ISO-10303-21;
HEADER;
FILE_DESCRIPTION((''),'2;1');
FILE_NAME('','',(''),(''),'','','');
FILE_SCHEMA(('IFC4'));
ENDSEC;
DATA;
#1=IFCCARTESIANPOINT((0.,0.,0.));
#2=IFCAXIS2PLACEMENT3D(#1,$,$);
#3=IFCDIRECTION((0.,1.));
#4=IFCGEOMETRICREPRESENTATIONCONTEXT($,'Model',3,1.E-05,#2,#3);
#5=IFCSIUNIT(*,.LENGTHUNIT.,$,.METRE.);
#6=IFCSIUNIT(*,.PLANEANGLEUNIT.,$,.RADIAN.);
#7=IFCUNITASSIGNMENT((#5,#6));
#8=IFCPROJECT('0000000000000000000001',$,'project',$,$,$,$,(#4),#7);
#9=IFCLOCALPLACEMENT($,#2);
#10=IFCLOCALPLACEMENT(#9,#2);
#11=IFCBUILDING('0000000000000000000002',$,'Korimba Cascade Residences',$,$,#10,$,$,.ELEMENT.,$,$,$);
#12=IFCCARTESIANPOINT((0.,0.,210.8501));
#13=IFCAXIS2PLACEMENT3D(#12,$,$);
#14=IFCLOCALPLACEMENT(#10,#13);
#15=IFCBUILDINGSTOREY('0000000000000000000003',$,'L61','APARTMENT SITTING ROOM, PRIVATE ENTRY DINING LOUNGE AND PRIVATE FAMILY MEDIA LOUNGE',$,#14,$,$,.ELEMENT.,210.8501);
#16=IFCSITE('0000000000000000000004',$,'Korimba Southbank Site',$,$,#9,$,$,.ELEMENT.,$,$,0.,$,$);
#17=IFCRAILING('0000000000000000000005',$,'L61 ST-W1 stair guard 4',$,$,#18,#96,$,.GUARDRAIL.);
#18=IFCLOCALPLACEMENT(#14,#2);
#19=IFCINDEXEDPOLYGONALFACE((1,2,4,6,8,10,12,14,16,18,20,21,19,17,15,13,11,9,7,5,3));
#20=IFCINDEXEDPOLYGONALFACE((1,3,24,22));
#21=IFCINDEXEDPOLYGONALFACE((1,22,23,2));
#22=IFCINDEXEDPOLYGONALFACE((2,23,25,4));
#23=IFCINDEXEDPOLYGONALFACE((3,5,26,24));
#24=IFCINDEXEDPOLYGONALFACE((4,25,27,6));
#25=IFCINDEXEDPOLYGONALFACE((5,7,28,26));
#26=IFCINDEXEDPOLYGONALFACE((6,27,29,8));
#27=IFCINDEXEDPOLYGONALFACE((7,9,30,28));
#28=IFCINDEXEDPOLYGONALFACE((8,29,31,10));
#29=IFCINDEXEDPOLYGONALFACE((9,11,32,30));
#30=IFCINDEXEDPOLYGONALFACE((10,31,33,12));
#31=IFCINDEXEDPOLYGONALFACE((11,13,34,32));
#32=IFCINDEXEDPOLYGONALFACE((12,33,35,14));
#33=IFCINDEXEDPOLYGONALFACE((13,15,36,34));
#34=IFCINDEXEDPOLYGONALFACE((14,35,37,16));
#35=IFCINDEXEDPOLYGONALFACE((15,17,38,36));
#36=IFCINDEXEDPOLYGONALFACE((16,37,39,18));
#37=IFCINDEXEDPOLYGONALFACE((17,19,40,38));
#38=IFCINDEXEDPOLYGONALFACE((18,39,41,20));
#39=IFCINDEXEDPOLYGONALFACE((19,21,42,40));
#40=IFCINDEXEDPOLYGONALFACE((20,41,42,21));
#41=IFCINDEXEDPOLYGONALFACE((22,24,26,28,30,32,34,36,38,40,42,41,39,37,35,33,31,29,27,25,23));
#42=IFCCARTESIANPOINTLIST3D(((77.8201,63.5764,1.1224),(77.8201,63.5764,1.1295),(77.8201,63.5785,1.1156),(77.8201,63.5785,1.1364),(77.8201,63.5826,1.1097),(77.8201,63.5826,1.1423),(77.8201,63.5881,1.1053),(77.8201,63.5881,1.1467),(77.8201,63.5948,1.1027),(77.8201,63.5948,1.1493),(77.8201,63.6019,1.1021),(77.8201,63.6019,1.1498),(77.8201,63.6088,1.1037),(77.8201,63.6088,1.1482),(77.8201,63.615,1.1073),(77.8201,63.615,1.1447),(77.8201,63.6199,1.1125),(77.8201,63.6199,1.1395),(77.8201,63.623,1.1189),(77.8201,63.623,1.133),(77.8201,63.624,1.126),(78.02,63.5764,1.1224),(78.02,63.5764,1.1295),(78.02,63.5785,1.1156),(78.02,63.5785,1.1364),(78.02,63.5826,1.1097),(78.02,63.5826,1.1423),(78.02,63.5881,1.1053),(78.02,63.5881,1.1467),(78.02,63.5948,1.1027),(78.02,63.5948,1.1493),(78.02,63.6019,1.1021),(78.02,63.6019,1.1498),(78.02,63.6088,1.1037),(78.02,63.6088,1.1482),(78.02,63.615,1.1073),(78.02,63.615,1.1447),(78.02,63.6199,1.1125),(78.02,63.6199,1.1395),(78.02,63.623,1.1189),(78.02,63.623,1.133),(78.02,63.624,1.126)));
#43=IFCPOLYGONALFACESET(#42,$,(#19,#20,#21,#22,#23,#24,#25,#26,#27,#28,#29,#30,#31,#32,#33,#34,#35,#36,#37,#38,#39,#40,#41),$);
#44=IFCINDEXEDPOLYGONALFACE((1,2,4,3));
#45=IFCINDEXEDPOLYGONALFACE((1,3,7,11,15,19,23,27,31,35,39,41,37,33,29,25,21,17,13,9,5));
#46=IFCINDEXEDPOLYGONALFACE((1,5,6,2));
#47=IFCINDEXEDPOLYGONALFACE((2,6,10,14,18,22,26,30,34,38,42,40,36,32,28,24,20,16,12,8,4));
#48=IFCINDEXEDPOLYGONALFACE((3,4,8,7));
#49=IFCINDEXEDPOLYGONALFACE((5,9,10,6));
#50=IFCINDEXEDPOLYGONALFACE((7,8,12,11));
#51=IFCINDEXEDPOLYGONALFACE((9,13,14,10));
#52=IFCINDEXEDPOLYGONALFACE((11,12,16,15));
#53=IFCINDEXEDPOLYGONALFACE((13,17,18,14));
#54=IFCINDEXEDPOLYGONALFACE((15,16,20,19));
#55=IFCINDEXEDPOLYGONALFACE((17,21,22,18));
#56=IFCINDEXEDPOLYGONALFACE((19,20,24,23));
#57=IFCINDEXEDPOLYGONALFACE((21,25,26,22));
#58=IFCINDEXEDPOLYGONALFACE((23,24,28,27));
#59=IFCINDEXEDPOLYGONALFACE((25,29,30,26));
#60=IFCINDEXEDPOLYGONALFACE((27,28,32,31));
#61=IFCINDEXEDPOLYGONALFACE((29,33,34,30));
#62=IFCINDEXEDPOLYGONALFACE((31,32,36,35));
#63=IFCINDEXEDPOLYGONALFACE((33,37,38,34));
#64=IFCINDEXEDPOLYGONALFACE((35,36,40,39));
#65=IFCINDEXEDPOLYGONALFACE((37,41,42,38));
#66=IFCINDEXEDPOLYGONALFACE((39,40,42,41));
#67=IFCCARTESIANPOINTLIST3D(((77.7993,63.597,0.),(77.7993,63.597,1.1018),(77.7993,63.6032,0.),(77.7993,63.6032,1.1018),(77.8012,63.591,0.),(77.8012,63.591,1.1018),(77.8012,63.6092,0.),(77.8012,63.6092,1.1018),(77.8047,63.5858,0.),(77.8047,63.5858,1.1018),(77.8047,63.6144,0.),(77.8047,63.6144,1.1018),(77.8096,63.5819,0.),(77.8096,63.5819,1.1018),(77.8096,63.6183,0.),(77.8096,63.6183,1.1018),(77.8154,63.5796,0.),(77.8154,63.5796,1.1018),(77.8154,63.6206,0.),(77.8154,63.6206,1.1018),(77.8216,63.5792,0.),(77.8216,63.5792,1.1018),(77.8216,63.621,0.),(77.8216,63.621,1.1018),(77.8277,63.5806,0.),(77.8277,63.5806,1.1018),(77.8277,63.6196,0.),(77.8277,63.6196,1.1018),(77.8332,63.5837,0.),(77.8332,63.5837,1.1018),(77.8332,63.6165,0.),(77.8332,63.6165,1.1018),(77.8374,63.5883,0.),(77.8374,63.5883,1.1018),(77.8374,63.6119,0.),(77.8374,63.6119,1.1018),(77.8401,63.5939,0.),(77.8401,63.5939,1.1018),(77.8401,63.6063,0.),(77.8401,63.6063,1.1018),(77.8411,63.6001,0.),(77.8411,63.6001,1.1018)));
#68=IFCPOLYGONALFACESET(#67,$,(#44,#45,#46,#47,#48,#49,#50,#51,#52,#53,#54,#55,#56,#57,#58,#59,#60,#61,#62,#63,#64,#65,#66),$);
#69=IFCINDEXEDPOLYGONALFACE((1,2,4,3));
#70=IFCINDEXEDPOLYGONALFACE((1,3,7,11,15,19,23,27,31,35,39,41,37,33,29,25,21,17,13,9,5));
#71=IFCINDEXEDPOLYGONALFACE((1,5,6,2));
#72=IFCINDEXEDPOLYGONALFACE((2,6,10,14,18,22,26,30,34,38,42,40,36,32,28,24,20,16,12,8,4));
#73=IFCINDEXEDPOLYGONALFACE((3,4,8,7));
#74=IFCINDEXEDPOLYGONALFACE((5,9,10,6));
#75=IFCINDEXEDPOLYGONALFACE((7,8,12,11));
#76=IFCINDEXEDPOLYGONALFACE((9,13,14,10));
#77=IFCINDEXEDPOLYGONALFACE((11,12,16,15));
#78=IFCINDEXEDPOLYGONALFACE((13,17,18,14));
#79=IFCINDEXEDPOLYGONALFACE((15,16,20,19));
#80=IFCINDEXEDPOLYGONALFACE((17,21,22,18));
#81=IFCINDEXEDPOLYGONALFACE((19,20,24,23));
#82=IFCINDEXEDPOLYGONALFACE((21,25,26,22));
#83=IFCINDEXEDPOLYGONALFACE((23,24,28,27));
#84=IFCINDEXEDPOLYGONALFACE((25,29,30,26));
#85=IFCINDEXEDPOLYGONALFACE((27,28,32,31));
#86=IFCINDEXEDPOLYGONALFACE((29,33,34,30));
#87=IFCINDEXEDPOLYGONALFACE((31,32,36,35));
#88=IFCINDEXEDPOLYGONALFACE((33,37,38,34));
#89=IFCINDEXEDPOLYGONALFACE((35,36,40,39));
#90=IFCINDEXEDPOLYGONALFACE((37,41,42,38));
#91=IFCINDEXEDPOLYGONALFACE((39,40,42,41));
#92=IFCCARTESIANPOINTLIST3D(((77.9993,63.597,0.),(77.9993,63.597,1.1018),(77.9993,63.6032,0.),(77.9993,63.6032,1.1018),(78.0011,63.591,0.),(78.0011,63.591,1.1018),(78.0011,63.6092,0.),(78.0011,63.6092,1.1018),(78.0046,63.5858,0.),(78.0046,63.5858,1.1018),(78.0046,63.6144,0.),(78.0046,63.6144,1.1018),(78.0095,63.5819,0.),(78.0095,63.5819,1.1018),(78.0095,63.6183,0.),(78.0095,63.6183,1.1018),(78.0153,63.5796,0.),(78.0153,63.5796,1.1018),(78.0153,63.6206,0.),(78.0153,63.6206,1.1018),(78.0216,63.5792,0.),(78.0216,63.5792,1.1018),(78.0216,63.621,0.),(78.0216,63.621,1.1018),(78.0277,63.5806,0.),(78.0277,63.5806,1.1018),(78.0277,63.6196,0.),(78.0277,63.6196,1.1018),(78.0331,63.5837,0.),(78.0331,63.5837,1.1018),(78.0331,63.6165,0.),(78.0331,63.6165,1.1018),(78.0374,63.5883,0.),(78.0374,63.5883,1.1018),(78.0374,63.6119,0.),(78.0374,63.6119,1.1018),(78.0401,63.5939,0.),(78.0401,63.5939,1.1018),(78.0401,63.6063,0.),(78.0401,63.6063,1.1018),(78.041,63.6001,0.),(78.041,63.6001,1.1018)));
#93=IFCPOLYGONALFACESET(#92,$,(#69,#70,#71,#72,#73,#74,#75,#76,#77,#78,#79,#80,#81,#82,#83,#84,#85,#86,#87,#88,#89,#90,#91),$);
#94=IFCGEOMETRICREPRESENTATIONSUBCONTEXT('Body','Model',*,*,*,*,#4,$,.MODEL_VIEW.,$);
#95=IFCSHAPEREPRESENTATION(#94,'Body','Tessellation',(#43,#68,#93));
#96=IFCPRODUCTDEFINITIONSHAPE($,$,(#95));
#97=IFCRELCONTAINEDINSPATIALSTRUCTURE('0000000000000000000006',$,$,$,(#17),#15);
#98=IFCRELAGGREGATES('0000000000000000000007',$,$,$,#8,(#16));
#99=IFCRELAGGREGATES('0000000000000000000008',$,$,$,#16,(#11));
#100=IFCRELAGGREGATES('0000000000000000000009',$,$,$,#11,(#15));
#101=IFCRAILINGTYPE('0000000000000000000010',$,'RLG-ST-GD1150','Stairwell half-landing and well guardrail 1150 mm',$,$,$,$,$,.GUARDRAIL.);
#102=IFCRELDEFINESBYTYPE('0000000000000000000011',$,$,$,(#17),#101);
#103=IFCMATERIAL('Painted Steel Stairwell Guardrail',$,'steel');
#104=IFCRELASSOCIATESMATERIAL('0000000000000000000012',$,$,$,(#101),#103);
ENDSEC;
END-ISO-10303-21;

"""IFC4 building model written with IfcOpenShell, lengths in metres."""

from ifc_helpers import new_model, si_unit, direction, frame, origin, origin_2d, place, context, subcontext, project, spatial, circle, extrude, material, type_object, element, save


model = new_model("IFC4")

# Units and contexts
model_context = context("Model", 3, precision=1e-05, world=origin(), true_north=direction((0.0, 1.0)))
body_context = subcontext(model_context, "Body", "Model", "MODEL_VIEW")
ifc_project = project(units=[si_unit("LENGTHUNIT", "METRE"), si_unit("PLANEANGLEUNIT", "RADIAN")], contexts=[model_context])

# Site, building, storey
site_placement = place(None, origin())
site = spatial("IfcSite", under=ifc_project, at=site_placement, Name="Korimba Southbank Site", CompositionType="ELEMENT", RefElevation=0.0)
building_placement = place(site_placement, origin())
building = spatial("IfcBuilding", under=site, at=building_placement, Name="Korimba Cascade Residences", CompositionType="ELEMENT")
storey_placement = place(building_placement, frame((0.0, 0.0, 210.8501)))
storey = spatial("IfcBuildingStorey", under=building, at=storey_placement, Name="L61", Description="APARTMENT SITTING ROOM, PRIVATE ENTRY DINING LOUNGE AND PRIVATE FAMILY MEDIA LOUNGE", CompositionType="ELEMENT", Elevation=210.8501)

# Railing
ifc_material_1 = material(Name="Painted Steel Stairwell Guardrail", Category="steel")
railing_type_1 = type_object("IfcRailingType", Name="RLG-ST-GD1150", Description="Stairwell half-landing and well guardrail 1150 mm", PredefinedType="GUARDRAIL", material=ifc_material_1)
railing_1_placement = place(storey_placement, frame((77.8201, 63.6001, 0.0)))
element("IfcRailing", 1, at=railing_1_placement, inside=storey, type_object=railing_type_1, Name="L61 ST-W1 stair guard 4", PredefinedType="GUARDRAIL", context=body_context, shape_type="SweptSolid", body=[
    extrude(circle(Radius=0.0239, at=origin_2d()), frame((0.0, 0.0, 1.126), z_axis=(1.0, 0.0, 0.0), x_axis=(0.0, 1.0, 0.0)), (0.0, 0.0, 1.0), 0.2),
    extrude(circle(Radius=0.021, at=origin_2d()), origin(), (0.0, 0.0, 1.0), 1.1018),
    extrude(circle(Radius=0.021, at=origin_2d()), frame((0.2, 0.0, 0.0)), (0.0, 0.0, 1.0), 1.1018),
])

save(model, "model.ifc")
